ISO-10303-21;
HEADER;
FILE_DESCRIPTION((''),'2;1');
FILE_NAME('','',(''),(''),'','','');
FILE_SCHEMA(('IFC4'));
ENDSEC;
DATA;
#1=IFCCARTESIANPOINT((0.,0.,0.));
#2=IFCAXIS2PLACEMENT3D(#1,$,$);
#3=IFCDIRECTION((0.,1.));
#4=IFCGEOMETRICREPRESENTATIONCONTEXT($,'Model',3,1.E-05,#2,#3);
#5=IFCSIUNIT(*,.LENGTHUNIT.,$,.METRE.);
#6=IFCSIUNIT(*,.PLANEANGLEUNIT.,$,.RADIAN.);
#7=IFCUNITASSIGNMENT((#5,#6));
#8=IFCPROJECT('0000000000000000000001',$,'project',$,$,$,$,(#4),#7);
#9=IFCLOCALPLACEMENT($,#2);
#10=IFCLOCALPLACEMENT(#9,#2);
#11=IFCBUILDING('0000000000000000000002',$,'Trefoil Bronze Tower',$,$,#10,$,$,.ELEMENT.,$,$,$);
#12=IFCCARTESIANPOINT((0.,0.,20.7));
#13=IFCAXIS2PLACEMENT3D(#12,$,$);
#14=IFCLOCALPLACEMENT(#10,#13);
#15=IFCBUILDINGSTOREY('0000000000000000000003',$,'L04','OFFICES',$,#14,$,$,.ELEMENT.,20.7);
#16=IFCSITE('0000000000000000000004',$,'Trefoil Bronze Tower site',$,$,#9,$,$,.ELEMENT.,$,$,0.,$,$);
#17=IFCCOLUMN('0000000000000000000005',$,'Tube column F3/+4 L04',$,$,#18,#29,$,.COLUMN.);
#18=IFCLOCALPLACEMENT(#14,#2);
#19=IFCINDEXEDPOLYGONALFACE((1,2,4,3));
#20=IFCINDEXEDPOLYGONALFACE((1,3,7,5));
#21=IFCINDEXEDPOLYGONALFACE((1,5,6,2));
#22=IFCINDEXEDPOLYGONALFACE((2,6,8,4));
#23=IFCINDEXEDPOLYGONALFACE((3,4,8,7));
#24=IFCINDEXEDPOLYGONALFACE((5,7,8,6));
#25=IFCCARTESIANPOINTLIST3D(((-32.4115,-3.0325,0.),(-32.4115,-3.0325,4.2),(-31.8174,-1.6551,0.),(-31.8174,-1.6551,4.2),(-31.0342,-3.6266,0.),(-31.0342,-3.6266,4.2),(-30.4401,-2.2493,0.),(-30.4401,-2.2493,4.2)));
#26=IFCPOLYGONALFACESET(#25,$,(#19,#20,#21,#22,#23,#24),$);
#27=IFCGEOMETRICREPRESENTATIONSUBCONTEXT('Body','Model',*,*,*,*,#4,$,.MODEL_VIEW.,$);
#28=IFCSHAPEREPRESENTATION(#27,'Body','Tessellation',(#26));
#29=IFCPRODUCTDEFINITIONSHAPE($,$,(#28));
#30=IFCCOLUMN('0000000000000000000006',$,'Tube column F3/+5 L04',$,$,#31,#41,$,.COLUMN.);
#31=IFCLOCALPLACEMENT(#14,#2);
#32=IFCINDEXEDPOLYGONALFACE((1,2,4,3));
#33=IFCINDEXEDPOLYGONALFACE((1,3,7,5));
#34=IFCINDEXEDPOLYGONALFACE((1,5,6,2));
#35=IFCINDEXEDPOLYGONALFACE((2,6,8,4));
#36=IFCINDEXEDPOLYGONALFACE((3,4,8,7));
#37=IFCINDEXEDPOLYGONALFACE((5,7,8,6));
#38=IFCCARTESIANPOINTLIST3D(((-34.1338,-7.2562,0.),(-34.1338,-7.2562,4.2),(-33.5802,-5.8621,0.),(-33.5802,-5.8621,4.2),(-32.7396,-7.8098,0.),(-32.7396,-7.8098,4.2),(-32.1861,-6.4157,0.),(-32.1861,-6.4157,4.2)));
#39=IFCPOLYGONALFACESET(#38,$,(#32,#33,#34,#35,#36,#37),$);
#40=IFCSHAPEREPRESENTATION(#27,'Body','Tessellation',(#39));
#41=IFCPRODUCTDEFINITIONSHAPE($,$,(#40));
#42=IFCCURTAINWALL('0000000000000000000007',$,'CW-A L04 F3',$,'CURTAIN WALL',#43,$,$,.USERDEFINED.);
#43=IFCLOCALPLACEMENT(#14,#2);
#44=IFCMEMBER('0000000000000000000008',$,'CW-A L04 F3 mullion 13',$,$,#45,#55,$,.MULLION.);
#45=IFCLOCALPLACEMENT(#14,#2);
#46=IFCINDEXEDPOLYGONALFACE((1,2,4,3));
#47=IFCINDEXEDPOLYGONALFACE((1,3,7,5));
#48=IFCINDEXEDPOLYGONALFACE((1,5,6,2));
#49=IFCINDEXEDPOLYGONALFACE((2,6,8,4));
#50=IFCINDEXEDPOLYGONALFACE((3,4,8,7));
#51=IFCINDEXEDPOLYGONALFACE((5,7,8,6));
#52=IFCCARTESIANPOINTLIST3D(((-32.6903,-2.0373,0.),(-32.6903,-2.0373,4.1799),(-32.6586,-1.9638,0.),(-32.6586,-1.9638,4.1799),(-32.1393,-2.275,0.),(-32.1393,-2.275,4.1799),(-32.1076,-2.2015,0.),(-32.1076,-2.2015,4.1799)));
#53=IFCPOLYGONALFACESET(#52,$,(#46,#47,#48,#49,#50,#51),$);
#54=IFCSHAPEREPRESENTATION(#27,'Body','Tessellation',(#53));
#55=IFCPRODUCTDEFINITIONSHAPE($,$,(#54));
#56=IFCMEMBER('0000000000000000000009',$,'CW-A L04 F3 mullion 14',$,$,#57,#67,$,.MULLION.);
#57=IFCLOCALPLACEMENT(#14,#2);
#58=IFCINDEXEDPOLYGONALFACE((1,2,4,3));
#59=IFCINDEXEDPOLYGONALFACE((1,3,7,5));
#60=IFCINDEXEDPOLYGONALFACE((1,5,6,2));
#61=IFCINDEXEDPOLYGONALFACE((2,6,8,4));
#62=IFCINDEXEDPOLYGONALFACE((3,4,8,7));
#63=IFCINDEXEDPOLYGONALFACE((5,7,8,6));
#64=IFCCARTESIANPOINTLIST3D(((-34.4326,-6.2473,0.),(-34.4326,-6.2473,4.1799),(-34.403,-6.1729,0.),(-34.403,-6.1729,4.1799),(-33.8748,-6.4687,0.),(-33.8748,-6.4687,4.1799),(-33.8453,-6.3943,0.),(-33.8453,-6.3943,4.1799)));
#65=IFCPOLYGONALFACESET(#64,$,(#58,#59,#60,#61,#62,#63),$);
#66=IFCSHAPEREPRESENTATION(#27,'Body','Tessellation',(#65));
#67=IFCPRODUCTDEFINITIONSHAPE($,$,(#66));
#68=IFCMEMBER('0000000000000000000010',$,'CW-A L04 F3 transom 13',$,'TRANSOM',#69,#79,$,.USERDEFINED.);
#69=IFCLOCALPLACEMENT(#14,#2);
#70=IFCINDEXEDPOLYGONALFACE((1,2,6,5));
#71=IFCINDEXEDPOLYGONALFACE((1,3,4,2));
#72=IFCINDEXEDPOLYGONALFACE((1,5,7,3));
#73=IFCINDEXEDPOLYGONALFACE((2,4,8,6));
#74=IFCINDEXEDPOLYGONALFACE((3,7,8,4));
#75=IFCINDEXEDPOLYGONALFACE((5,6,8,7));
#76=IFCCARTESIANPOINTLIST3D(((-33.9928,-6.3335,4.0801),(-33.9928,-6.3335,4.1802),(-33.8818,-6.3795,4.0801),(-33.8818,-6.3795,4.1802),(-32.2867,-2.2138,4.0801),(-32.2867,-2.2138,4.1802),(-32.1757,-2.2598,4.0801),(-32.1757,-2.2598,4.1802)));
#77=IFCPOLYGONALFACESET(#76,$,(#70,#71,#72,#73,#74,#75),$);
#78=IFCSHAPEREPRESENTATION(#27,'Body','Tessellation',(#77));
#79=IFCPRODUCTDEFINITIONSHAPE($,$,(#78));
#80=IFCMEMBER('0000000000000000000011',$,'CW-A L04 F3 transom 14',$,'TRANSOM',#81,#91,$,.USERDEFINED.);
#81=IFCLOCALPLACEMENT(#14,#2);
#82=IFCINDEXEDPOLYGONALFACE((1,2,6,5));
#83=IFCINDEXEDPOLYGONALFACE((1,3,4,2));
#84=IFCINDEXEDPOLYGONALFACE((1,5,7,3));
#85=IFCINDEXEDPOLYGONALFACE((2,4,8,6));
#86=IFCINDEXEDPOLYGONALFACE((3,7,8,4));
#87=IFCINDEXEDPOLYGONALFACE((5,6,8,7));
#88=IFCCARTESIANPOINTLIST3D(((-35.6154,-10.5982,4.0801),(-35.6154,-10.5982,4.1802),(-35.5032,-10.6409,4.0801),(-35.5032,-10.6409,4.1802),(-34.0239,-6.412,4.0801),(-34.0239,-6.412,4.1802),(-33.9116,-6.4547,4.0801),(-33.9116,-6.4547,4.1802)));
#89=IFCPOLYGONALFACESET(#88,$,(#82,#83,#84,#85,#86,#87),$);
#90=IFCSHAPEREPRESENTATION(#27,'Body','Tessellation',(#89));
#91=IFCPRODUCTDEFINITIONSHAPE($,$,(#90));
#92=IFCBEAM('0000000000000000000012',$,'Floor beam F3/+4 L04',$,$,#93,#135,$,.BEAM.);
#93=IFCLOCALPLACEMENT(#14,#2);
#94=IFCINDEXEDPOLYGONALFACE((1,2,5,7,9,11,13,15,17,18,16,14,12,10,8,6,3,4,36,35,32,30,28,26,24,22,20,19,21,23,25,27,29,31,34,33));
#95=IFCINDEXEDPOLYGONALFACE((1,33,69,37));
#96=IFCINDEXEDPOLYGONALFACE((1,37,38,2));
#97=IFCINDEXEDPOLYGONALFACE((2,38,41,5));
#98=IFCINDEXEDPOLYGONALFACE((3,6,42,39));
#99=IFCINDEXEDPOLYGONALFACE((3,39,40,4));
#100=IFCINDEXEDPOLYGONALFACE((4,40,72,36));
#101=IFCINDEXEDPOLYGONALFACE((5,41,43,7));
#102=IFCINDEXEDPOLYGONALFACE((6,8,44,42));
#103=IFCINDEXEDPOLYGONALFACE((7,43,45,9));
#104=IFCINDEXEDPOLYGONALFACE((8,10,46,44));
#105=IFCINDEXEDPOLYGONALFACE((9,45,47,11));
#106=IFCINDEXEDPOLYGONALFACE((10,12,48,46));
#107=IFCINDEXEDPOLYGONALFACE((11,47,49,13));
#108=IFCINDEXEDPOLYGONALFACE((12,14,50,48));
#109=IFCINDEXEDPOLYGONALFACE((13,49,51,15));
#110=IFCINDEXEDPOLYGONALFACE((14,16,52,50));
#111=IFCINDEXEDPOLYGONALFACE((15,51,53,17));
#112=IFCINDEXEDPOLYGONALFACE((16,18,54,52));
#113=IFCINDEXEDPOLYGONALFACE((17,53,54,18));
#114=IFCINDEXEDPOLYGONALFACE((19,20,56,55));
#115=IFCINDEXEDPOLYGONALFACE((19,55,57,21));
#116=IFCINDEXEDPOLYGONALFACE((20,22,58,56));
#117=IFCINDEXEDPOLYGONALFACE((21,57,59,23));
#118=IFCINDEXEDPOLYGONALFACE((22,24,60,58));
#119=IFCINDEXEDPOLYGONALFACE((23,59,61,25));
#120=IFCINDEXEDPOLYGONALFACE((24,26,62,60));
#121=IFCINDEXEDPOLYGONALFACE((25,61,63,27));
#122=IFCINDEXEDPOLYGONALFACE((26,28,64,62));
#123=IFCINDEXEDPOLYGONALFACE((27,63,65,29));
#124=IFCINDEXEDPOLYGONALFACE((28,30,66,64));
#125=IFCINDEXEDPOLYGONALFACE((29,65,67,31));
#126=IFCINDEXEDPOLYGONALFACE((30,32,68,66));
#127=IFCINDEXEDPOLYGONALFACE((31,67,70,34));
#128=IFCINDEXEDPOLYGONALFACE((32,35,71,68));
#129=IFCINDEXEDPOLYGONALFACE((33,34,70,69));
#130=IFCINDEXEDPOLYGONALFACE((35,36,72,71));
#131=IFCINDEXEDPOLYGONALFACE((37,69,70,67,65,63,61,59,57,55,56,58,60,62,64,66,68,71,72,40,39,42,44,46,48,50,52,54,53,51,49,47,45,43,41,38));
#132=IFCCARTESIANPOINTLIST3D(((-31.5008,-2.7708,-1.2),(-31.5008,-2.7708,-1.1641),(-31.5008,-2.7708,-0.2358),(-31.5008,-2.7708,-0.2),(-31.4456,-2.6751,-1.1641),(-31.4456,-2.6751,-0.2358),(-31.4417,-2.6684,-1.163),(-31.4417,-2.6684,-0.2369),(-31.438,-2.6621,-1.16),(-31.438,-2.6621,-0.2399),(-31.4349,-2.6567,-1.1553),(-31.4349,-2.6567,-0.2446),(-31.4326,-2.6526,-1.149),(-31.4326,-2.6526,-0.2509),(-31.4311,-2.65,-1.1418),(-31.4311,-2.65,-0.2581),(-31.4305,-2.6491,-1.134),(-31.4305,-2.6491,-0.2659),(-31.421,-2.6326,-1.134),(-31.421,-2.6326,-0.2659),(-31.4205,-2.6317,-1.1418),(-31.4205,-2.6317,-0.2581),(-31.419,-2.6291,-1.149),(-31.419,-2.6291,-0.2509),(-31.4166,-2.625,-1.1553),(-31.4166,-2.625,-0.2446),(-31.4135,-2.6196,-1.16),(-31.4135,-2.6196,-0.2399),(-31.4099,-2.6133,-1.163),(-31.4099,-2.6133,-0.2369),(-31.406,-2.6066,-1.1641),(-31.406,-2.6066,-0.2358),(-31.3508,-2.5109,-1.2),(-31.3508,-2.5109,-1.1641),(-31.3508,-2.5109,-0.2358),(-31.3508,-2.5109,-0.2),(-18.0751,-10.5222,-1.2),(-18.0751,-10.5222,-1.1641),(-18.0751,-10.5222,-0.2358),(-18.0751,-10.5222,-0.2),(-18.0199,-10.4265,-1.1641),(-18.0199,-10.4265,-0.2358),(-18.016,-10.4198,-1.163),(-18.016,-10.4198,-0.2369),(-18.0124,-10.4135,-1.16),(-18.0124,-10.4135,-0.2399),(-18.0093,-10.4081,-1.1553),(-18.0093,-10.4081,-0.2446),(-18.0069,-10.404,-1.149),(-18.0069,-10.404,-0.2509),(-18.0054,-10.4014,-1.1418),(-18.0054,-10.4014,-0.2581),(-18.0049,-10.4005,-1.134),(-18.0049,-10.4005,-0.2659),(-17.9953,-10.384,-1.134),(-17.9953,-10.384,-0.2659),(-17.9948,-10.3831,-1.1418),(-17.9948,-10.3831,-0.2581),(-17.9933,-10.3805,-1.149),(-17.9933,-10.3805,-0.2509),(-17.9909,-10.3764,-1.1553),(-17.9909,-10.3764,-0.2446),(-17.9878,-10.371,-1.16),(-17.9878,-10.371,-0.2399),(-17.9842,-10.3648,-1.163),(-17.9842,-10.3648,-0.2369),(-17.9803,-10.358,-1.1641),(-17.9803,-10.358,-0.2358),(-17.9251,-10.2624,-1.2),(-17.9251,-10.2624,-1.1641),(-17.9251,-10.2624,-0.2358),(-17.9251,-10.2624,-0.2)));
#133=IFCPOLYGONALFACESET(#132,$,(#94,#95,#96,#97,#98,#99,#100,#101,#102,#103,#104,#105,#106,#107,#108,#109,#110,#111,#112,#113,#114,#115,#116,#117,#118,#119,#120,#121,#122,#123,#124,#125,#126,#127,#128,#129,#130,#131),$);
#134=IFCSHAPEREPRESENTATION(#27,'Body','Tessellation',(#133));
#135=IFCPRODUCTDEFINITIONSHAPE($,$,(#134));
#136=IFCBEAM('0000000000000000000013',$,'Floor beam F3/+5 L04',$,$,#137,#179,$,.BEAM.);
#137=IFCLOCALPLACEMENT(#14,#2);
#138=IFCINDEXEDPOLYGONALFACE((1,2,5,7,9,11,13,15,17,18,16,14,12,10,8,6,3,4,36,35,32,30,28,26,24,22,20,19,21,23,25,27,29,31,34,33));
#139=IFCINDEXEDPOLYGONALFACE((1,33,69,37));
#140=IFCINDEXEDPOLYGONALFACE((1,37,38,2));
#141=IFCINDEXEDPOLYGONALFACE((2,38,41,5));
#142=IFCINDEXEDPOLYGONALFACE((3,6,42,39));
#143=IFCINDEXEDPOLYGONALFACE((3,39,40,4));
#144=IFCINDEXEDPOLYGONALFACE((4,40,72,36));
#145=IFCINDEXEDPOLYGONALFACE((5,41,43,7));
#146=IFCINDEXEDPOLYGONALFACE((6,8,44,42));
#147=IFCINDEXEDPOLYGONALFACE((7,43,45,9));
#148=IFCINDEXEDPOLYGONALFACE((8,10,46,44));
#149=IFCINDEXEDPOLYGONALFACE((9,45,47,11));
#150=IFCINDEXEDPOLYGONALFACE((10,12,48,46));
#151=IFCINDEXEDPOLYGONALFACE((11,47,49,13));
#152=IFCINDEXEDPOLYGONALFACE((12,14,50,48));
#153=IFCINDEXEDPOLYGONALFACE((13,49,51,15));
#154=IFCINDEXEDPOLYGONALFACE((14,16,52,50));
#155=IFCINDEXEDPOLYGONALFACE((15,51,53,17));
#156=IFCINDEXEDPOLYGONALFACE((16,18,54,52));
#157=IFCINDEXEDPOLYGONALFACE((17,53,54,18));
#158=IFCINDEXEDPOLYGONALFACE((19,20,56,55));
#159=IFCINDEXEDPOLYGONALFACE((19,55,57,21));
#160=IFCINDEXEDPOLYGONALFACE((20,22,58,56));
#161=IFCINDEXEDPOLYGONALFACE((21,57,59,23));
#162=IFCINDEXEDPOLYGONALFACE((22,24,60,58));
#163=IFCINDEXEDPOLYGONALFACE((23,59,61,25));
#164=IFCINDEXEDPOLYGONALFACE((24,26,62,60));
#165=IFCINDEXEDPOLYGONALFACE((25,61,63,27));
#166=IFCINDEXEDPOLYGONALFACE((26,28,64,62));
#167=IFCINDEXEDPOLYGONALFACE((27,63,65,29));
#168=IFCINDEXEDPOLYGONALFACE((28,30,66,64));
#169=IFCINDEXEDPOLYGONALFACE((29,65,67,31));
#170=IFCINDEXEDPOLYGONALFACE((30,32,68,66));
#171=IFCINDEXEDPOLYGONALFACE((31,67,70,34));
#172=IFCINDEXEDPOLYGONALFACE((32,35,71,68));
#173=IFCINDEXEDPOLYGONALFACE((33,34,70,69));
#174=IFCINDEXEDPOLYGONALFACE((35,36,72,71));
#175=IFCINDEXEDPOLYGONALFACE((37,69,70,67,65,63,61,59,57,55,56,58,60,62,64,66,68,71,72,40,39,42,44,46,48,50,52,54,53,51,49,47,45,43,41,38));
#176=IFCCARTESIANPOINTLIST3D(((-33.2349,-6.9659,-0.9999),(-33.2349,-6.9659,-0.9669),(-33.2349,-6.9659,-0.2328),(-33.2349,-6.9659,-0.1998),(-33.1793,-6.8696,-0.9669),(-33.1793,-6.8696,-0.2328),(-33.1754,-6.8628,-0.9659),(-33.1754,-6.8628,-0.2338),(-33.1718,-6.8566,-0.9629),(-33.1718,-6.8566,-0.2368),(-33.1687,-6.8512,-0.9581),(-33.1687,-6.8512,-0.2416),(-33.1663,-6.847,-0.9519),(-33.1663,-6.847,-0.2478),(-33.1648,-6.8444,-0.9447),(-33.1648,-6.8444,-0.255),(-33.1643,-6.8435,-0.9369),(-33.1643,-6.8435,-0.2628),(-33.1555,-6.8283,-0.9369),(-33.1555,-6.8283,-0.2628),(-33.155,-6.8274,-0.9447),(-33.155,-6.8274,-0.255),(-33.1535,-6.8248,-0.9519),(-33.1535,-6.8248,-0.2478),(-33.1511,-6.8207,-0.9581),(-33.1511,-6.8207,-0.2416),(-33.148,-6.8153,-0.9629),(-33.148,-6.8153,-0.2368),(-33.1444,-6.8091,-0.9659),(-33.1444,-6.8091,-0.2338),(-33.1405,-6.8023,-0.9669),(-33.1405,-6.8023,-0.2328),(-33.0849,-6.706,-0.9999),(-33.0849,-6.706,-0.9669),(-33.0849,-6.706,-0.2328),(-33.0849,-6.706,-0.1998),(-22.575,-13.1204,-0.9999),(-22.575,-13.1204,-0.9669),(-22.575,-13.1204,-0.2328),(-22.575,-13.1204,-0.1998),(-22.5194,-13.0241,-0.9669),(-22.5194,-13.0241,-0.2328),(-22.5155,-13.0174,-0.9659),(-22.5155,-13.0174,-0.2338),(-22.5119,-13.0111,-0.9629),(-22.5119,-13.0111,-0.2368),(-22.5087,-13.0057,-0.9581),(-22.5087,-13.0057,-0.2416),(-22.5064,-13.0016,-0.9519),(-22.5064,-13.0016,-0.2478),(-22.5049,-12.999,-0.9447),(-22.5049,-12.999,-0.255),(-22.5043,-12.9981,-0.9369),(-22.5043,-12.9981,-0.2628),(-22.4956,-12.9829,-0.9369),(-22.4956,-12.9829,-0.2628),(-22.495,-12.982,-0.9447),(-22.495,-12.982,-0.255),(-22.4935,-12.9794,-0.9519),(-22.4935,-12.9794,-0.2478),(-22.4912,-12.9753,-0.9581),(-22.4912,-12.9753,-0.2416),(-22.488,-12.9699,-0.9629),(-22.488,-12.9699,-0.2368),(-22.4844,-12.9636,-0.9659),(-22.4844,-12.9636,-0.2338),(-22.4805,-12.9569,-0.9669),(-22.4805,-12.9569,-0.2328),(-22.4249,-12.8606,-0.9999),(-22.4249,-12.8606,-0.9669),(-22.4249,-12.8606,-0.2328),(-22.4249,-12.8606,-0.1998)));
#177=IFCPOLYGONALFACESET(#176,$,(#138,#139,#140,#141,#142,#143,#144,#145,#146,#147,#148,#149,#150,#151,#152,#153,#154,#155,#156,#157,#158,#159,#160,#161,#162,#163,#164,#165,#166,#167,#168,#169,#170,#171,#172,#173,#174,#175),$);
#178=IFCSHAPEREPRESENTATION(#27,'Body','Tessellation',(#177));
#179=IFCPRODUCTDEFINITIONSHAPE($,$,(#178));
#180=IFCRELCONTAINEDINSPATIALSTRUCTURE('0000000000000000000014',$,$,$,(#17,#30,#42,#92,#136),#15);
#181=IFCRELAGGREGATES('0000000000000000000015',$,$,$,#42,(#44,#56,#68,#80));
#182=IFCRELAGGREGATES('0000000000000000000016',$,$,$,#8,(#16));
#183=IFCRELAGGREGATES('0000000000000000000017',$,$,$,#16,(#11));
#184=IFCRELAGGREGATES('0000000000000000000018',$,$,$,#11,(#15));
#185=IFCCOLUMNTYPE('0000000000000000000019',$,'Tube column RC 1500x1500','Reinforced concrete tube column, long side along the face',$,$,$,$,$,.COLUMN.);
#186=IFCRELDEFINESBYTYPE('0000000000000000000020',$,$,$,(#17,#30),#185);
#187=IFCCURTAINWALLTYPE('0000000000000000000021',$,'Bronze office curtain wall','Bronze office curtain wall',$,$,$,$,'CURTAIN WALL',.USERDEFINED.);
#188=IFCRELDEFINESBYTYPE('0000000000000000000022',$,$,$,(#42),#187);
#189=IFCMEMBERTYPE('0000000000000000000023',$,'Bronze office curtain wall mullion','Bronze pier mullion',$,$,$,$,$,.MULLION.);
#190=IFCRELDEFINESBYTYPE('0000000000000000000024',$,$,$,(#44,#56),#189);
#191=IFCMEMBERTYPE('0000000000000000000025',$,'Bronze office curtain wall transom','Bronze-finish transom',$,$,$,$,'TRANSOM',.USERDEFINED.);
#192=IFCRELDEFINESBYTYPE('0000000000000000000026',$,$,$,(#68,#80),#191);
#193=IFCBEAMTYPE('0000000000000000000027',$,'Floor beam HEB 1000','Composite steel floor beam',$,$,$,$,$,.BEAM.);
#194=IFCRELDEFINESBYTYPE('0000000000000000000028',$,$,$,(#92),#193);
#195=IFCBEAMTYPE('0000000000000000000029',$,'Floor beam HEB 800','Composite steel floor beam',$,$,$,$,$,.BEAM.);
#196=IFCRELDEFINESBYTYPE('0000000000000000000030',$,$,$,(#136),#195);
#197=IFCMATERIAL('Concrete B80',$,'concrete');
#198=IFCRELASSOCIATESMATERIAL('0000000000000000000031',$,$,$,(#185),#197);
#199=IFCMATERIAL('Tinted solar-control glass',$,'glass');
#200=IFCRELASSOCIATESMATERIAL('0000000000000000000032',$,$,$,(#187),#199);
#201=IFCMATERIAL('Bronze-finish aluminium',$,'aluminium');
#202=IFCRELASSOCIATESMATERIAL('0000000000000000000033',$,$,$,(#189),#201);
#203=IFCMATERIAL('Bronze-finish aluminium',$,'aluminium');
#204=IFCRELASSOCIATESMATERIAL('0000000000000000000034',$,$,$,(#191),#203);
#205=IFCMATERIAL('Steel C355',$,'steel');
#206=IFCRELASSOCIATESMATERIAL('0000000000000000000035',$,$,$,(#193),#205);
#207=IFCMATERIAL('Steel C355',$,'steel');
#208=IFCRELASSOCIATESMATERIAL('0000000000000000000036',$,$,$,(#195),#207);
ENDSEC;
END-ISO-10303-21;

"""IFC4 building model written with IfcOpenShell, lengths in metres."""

from ifc_helpers import new_model, si_unit, direction, frame, origin, origin_2d, place, context, subcontext, project, spatial, rectangle, i_section, extrude, material, material_profile, profile_set, type_object, element, aggregate, save


model = new_model("IFC4")

# Units and contexts
model_context = context("Model", 3, precision=1e-05, world=origin(), true_north=direction((0.0, 1.0)))
body_context = subcontext(model_context, "Body", "Model", "MODEL_VIEW")
ifc_project = project(units=[si_unit("LENGTHUNIT", "METRE"), si_unit("PLANEANGLEUNIT", "RADIAN")], contexts=[model_context])

# Site, building, storey
site_placement = place(None, origin())
site = spatial("IfcSite", under=ifc_project, at=site_placement, Name="Trefoil Bronze Tower site", CompositionType="ELEMENT", RefElevation=0.0)
building_placement = place(site_placement, origin())
building = spatial("IfcBuilding", under=site, at=building_placement, Name="Trefoil Bronze Tower", CompositionType="ELEMENT")
storey_placement = place(building_placement, frame((0.0, 0.0, 20.7)))
storey = spatial("IfcBuildingStorey", under=building, at=storey_placement, Name="L04", Description="OFFICES", CompositionType="ELEMENT", Elevation=20.7)

# Columns
ifc_material_1 = material(Name="Concrete B80", Category="concrete")
ifc_material_profile_1 = material_profile(ifc_material_1, rectangle(XDim=1.5, YDim=1.5, at=origin_2d()), Name="RC 1500x1500")
ifc_profile_set_1 = profile_set([ifc_material_profile_1], Name="Concrete B80")
column_type = type_object("IfcColumnType", Name="Tube column RC 1500x1500", Description="Reinforced concrete tube column, long side along the face", PredefinedType="COLUMN", material=ifc_profile_set_1)
for number, where, z_axis, x_axis, name in (
    (1, (-31.4258, -2.6409, 0.0), (0.0, 0.0, 1.0), (-0.396085, -0.918214, 0.0), "Tube column F3/+4 L04"),
    (2, (-33.1599, -6.8359, 0.0), (0.0, 0.0, 1.0), (-0.36904, -0.929414, 0.0), "Tube column F3/+5 L04"),
):
    element("IfcColumn", number, at=place(storey_placement, frame(where, z_axis=z_axis, x_axis=x_axis)), inside=storey, type_object=column_type, Name=name, PredefinedType="COLUMN", context=body_context, shape_type="SweptSolid", body=[
        extrude(rectangle(XDim=1.5, YDim=1.5, at=origin_2d()), origin(), (0.0, 0.0, 1.0), 4.2),
    ])

# Curtain wall, members
ifc_material_2 = material(Name="Tinted solar-control glass", Category="glass")
curtain_wall_type = type_object("IfcCurtainWallType", Name="Bronze office curtain wall", Description="Bronze office curtain wall", ElementType="CURTAIN WALL", PredefinedType="USERDEFINED", material=ifc_material_2)
curtain_wall_placement = place(storey_placement, origin())
curtain_wall = element("IfcCurtainWall", 3, at=curtain_wall_placement, inside=storey, type_object=curtain_wall_type, Name="CW-A L04 F3", ObjectType="CURTAIN WALL", PredefinedType="USERDEFINED")
ifc_material_3 = material(Name="Bronze-finish aluminium", Category="aluminium")
ifc_material_profile_2 = material_profile(ifc_material_3, rectangle(XDim=0.6001, YDim=0.0801, at=origin_2d()), Name="CW-A mullion")
ifc_profile_set_2 = profile_set([ifc_material_profile_2], Name="Bronze-finish aluminium")
member_type_1 = type_object("IfcMemberType", Name="Bronze office curtain wall mullion", Description="Bronze pier mullion", PredefinedType="MULLION", material=ifc_profile_set_2)
member_1_placement = place(storey_placement, frame((-32.3989, -2.1194, 0.0), z_axis=(0.0, 0.0, 1.0), x_axis=(0.918214, -0.396085, 0.0)))
member_1 = element("IfcMember", 4, at=member_1_placement, type_object=member_type_1, Name="CW-A L04 F3 mullion 13", PredefinedType="MULLION", context=body_context, shape_type="SweptSolid", body=[
    extrude(rectangle(XDim=0.6001, YDim=0.0801, at=origin_2d()), origin(), (0.0, 0.0, 1.0), 4.1799),
])
member_2_placement = place(storey_placement, frame((-34.1389, -6.3208, 0.0), z_axis=(0.0, 0.0, 1.0), x_axis=(0.929414, -0.36904, 0.0)))
member_2 = element("IfcMember", 5, at=member_2_placement, type_object=member_type_1, Name="CW-A L04 F3 mullion 14", PredefinedType="MULLION", context=body_context, shape_type="SweptSolid", body=[
    extrude(rectangle(XDim=0.6001, YDim=0.0801, at=origin_2d()), origin(), (0.0, 0.0, 1.0), 4.1799),
])
ifc_material_4 = material(Name="Bronze-finish aluminium", Category="aluminium")
ifc_material_profile_3 = material_profile(ifc_material_4, rectangle(XDim=0.1201, YDim=0.1001, at=origin_2d()), Name="CW-A transom")
ifc_profile_set_3 = profile_set([ifc_material_profile_3], Name="Bronze-finish aluminium")
member_type_2 = type_object("IfcMemberType", Name="Bronze office curtain wall transom", Description="Bronze-finish transom", ElementType="TRANSOM", PredefinedType="USERDEFINED", material=ifc_profile_set_3)
member_3_placement = place(storey_placement, frame((-32.2312, -2.2368, 4.1301), z_axis=(-0.382616, -0.923907, 0.0), x_axis=(0.923907, -0.382616, 0.0)))
member_3 = element("IfcMember", 6, at=member_3_placement, type_object=member_type_2, Name="CW-A L04 F3 transom 13", ObjectType="TRANSOM", PredefinedType="USERDEFINED", context=body_context, shape_type="SweptSolid", body=[
    extrude(rectangle(XDim=0.1201, YDim=0.1001, at=origin_2d()), origin(), (0.0, 0.0, 1.0), 4.459),
])
member_4_placement = place(storey_placement, frame((-33.9678, -6.4333, 4.1301), z_axis=(-0.355367, -0.934727, 0.0), x_axis=(0.934727, -0.355367, 0.0)))
member_4 = element("IfcMember", 7, at=member_4_placement, type_object=member_type_2, Name="CW-A L04 F3 transom 14", ObjectType="TRANSOM", PredefinedType="USERDEFINED", context=body_context, shape_type="SweptSolid", body=[
    extrude(rectangle(XDim=0.1201, YDim=0.1001, at=origin_2d()), origin(), (0.0, 0.0, 1.0), 4.4785),
])

# Beams
ifc_material_5 = material(Name="Steel C355", Category="steel")
ifc_material_profile_4 = material_profile(ifc_material_5, i_section(OverallWidth=0.3, OverallDepth=1.0, WebThickness=0.019, FlangeThickness=0.0359, FilletRadius=0.03, at=origin_2d()), Name="HEB 1000")
ifc_profile_set_4 = profile_set([ifc_material_profile_4], Name="Steel C355")
beam_type_1 = type_object("IfcBeamType", Name="Floor beam HEB 1000", Description="Composite steel floor beam", PredefinedType="BEAM", material=ifc_profile_set_4)
beam_1_placement = place(storey_placement, frame((-31.4258, -2.6409, -0.7), z_axis=(0.866023, -0.500004, 0.0), x_axis=(0.500004, 0.866023, 0.0)))
element("IfcBeam", 8, at=beam_1_placement, inside=storey, type_object=beam_type_1, Name="Floor beam F3/+4 L04", PredefinedType="BEAM", context=body_context, shape_type="SweptSolid", body=[
    extrude(i_section(OverallWidth=0.3, OverallDepth=1.0, WebThickness=0.019, FlangeThickness=0.0359, FilletRadius=0.03, at=origin_2d()), origin(), (0.0, 0.0, 1.0), 15.5027),
])
ifc_material_6 = material(Name="Steel C355", Category="steel")
ifc_material_profile_5 = material_profile(ifc_material_6, i_section(OverallWidth=0.3, OverallDepth=0.8, WebThickness=0.0176, FlangeThickness=0.033, FilletRadius=0.03, at=origin_2d()), Name="HEB 800")
ifc_profile_set_5 = profile_set([ifc_material_profile_5], Name="Steel C355")
beam_type_2 = type_object("IfcBeamType", Name="Floor beam HEB 800", Description="Composite steel floor beam", PredefinedType="BEAM", material=ifc_profile_set_5)
beam_2_placement = place(storey_placement, frame((-33.1599, -6.8359, -0.5999), z_axis=(0.866024, -0.500002, 0.0), x_axis=(0.500002, 0.866024, 0.0)))
element("IfcBeam", 9, at=beam_2_placement, inside=storey, type_object=beam_type_2, Name="Floor beam F3/+5 L04", PredefinedType="BEAM", context=body_context, shape_type="SweptSolid", body=[
    extrude(i_section(OverallWidth=0.3, OverallDepth=0.8, WebThickness=0.0176, FlangeThickness=0.033, FilletRadius=0.03, at=origin_2d()), origin(), (0.0, 0.0, 1.0), 12.3091),
])

aggregate(curtain_wall, [member_1, member_2, member_3, member_4])

save(model, "model.ifc")
